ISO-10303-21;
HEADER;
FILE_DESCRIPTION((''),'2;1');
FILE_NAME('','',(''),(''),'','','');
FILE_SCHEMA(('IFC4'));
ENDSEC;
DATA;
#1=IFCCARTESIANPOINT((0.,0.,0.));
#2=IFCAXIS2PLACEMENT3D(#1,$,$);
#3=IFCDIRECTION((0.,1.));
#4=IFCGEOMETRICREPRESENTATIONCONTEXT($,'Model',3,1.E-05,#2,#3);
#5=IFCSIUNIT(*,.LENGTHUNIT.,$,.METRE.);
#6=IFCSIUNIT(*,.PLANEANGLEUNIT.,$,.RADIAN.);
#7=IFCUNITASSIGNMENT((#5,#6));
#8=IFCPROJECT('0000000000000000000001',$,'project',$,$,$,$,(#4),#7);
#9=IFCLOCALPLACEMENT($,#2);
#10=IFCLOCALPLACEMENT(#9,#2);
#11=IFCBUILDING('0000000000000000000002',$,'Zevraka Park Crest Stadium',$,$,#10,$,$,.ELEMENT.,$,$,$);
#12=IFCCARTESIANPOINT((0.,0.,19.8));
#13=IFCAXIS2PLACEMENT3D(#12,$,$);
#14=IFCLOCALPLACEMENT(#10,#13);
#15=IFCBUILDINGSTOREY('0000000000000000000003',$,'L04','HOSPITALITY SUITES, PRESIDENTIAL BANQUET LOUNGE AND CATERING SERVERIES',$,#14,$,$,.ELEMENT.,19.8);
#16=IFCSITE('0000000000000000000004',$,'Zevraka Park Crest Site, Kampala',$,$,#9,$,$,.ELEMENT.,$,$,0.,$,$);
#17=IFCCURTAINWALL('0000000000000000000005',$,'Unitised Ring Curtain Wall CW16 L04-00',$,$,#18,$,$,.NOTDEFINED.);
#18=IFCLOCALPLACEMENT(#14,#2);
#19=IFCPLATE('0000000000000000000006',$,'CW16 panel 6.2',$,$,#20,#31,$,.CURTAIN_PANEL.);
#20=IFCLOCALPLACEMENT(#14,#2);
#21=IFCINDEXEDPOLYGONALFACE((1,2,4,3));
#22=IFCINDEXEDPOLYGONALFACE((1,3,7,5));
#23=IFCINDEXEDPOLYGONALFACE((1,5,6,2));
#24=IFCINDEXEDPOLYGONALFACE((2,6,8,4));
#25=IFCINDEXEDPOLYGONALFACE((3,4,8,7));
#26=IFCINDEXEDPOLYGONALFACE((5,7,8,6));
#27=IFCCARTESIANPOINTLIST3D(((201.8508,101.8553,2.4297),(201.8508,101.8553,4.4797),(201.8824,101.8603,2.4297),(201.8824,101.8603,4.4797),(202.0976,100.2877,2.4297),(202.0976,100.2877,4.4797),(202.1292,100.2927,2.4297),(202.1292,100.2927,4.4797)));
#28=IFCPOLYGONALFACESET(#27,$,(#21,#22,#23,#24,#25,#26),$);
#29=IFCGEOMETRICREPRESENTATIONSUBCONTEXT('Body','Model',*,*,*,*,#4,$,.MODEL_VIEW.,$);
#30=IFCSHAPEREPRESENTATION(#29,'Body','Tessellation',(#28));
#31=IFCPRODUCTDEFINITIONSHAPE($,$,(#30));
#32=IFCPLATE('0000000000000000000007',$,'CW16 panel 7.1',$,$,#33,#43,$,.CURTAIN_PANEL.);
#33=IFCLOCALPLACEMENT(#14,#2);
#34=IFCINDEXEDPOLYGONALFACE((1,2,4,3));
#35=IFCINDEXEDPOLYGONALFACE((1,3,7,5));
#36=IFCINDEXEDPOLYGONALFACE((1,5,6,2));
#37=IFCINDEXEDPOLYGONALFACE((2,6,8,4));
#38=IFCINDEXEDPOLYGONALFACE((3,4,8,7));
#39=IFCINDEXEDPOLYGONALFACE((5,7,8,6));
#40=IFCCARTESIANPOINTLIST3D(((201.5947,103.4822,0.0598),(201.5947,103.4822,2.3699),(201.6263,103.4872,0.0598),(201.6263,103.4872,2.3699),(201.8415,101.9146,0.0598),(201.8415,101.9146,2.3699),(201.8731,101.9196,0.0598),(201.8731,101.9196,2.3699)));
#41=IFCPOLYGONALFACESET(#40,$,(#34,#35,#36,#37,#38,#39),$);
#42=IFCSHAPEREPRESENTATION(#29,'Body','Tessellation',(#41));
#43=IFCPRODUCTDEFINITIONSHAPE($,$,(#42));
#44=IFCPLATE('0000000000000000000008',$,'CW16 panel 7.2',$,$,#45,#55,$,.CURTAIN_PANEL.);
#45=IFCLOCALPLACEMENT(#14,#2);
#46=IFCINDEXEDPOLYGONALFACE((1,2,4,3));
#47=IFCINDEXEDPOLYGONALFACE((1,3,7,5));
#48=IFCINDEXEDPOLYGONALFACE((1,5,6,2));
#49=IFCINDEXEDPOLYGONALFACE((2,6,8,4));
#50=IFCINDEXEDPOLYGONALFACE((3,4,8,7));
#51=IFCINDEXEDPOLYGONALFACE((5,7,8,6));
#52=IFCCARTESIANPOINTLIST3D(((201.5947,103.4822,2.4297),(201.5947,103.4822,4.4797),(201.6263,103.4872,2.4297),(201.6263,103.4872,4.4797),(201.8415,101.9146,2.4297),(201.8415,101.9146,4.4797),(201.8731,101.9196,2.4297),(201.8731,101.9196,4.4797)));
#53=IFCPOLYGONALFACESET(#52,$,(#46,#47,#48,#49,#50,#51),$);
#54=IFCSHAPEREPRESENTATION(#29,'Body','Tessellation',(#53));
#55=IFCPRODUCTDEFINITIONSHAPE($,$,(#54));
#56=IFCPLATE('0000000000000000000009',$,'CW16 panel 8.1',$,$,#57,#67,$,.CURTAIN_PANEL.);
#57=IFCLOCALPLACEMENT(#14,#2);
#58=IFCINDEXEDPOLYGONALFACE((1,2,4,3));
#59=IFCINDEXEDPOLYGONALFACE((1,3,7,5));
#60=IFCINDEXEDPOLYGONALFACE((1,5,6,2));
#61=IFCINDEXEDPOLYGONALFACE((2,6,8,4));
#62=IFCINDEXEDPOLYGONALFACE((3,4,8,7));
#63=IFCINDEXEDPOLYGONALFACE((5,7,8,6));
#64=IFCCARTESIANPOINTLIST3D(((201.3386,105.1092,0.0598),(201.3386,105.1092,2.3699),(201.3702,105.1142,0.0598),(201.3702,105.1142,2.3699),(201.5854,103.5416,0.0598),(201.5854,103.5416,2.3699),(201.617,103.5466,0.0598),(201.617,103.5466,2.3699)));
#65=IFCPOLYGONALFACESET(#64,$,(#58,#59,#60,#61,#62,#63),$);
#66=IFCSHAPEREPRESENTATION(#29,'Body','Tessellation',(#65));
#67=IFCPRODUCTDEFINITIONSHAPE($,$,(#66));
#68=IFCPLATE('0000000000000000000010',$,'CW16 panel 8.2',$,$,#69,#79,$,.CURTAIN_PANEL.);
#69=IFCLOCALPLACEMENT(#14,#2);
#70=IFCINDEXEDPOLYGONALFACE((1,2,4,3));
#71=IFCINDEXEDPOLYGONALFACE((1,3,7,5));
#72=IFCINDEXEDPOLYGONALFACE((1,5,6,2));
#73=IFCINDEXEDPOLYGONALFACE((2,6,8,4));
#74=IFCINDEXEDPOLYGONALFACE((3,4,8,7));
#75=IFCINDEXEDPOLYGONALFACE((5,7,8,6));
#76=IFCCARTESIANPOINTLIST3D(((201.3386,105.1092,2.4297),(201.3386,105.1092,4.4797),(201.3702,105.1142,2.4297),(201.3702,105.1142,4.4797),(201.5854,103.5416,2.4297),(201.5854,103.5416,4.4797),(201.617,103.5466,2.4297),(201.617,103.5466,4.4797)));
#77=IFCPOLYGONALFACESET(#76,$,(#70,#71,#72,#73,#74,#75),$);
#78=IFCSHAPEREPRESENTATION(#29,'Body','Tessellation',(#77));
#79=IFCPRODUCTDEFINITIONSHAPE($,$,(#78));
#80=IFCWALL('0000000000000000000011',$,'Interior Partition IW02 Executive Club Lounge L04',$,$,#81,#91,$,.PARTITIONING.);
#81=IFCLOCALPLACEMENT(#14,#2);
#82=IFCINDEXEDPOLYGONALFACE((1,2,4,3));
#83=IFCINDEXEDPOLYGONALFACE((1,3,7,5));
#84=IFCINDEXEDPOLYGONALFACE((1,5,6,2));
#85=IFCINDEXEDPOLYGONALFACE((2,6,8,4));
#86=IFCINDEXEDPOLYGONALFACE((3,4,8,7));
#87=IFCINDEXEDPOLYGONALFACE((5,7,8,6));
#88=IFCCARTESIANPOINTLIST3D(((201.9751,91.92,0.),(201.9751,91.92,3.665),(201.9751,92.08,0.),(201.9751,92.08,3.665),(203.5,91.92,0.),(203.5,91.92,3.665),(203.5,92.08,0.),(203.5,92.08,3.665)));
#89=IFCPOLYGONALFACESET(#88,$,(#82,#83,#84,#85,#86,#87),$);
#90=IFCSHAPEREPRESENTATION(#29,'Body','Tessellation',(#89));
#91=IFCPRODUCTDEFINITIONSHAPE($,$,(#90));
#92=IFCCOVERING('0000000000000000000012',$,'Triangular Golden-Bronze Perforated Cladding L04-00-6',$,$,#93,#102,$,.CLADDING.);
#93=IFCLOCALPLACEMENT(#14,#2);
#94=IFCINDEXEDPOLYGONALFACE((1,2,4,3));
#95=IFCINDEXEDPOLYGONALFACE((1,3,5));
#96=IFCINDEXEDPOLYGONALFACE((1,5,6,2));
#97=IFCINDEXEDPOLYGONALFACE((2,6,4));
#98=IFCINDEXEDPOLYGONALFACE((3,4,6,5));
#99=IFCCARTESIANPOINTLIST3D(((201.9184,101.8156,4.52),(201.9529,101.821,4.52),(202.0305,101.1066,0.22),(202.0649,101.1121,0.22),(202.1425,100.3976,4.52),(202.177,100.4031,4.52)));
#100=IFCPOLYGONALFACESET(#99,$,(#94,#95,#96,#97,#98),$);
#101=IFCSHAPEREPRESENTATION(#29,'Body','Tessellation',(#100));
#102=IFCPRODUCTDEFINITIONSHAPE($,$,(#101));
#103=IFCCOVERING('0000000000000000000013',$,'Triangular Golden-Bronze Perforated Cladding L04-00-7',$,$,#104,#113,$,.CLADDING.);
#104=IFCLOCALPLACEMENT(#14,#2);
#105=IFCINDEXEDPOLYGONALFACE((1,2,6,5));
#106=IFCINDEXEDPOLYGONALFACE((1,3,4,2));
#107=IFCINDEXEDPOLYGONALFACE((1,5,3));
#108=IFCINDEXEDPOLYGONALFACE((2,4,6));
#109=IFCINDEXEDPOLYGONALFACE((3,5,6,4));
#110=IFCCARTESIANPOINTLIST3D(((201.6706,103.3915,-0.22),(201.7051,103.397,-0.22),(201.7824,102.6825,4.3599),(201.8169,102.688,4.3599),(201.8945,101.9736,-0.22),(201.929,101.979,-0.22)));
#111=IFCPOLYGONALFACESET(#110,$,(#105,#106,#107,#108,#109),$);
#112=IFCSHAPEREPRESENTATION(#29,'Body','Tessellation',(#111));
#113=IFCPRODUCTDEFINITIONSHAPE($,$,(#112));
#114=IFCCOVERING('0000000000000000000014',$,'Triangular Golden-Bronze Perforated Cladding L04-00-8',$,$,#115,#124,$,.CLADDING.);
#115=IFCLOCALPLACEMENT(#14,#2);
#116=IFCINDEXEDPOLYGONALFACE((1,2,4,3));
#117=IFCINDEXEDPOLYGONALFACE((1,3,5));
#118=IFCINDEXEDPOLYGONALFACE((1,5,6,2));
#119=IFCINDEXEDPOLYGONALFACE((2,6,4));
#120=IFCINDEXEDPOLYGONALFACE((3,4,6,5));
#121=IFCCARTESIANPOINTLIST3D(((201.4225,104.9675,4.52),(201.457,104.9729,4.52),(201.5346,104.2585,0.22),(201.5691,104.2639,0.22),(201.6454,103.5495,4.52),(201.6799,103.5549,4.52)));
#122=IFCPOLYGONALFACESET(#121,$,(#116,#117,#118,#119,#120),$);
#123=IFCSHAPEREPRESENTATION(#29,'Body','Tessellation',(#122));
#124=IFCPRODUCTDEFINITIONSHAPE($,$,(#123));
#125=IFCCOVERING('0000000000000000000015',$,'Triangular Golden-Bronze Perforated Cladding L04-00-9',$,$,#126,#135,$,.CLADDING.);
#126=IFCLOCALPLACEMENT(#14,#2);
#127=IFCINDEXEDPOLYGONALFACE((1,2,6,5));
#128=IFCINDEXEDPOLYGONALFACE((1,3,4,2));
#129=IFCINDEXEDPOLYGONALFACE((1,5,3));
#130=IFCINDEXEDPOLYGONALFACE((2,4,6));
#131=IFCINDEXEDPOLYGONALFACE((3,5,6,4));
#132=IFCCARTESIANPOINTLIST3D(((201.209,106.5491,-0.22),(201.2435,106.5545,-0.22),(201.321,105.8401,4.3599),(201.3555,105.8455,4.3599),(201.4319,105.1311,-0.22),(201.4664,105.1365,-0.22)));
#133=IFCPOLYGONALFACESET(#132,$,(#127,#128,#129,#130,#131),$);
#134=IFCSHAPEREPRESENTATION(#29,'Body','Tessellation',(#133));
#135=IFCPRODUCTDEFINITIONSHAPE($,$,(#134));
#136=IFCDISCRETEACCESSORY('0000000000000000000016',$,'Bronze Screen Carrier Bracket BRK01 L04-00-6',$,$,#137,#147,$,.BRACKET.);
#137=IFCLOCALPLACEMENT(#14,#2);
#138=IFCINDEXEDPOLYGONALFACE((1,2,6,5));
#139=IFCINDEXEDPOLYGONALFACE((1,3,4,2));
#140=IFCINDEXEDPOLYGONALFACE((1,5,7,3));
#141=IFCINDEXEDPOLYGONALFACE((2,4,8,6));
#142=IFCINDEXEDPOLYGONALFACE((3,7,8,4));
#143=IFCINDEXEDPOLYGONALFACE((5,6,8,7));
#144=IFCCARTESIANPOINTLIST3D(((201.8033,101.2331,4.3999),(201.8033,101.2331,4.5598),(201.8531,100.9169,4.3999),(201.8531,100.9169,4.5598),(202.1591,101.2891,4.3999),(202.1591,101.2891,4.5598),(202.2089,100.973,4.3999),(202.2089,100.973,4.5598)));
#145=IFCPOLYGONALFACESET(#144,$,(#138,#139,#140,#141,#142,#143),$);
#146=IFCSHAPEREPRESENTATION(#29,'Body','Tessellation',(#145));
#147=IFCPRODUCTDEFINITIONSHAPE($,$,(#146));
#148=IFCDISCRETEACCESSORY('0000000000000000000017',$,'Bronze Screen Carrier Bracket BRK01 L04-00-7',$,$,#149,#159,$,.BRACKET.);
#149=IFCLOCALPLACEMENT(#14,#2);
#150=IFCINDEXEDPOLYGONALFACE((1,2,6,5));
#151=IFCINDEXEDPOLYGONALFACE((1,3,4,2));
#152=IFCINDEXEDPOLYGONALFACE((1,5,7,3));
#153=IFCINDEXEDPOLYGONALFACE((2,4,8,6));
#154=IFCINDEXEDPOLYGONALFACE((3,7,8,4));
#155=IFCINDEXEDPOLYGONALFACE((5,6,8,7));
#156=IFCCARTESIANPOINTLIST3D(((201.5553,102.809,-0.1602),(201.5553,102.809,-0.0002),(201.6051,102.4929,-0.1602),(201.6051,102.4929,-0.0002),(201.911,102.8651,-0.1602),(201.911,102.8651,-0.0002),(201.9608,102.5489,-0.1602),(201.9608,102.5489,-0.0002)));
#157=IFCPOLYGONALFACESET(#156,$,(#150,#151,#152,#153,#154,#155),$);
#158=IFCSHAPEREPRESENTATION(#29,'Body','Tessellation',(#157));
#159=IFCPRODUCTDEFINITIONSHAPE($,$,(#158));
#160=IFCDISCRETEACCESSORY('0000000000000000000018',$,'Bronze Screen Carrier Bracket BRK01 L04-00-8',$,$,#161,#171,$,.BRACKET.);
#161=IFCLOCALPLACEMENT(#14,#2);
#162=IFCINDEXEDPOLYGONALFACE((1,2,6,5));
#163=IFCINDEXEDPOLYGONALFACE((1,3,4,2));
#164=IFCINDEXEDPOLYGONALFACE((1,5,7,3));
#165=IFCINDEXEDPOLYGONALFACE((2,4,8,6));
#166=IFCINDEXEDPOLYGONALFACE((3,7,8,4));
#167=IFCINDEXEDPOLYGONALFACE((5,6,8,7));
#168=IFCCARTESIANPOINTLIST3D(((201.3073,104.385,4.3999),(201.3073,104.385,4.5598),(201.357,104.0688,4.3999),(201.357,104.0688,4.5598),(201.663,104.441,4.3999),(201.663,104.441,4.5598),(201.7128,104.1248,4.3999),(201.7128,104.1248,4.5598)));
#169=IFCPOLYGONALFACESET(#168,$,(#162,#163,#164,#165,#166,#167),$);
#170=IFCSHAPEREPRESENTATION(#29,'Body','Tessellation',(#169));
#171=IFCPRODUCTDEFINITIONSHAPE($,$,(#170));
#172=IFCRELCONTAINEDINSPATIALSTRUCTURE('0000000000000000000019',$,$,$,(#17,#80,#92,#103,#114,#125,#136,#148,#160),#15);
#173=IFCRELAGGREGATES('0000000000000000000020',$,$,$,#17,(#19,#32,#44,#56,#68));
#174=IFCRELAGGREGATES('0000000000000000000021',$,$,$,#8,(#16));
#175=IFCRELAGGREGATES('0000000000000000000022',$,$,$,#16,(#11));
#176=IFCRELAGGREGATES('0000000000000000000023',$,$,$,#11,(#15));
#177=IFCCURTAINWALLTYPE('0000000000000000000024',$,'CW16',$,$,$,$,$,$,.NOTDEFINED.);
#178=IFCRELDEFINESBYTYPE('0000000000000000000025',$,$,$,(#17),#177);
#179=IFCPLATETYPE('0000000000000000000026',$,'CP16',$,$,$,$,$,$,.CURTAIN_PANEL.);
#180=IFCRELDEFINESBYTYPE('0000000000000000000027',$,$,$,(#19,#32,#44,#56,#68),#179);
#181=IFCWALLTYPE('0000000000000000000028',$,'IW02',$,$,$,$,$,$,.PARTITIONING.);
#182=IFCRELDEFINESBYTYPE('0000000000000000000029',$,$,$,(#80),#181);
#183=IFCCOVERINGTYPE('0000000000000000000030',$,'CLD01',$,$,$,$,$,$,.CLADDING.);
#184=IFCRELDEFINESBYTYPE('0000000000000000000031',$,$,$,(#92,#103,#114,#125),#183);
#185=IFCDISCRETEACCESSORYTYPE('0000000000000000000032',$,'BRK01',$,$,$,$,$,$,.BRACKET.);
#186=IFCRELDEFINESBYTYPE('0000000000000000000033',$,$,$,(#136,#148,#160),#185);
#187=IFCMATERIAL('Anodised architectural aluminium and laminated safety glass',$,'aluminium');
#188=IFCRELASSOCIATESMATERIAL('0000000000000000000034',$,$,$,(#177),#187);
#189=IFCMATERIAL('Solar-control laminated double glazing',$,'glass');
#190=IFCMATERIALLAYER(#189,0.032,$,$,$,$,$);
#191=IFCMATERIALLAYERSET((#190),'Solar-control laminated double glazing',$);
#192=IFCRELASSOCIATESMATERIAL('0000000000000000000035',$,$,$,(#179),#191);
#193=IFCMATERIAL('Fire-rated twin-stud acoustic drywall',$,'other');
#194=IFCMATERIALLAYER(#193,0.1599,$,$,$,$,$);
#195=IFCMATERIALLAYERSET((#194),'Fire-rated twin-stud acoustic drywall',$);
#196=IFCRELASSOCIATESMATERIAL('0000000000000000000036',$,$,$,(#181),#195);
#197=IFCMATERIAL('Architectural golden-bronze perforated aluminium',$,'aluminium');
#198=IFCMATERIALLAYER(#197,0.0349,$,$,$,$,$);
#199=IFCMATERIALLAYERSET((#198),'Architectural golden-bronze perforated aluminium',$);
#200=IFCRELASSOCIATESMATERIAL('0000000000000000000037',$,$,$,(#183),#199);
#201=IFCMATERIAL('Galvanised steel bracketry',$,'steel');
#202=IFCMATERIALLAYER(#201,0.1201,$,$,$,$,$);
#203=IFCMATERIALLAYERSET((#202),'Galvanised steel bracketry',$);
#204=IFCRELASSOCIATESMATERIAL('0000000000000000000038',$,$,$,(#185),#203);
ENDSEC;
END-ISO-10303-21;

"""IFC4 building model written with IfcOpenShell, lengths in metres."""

from ifc_helpers import new_model, si_unit, direction, frame, frame_2d, origin, origin_2d, place, context, subcontext, project, spatial, polyline, rectangle, outline, extrude, material, layer, layer_set, type_object, element, aggregate, save


model = new_model("IFC4")

# Units and contexts
model_context = context("Model", 3, precision=1e-05, world=origin(), true_north=direction((0.0, 1.0)))
body_context = subcontext(model_context, "Body", "Model", "MODEL_VIEW")
ifc_project = project(units=[si_unit("LENGTHUNIT", "METRE"), si_unit("PLANEANGLEUNIT", "RADIAN")], contexts=[model_context])

# Site, building, storey
site_placement = place(None, origin())
site = spatial("IfcSite", under=ifc_project, at=site_placement, Name="Zevraka Park Crest Site, Kampala", CompositionType="ELEMENT", RefElevation=0.0)
building_placement = place(site_placement, origin())
building = spatial("IfcBuilding", under=site, at=building_placement, Name="Zevraka Park Crest Stadium", CompositionType="ELEMENT")
storey_placement = place(building_placement, frame((0.0, 0.0, 19.8)))
storey = spatial("IfcBuildingStorey", under=building, at=storey_placement, Name="L04", Description="HOSPITALITY SUITES, PRESIDENTIAL BANQUET LOUNGE AND CATERING SERVERIES", CompositionType="ELEMENT", Elevation=19.8)

# Curtain wall
ifc_material_1 = material(Name="Anodised architectural aluminium and laminated safety glass", Category="aluminium")
curtain_wall_type = type_object("IfcCurtainWallType", Name="CW16", PredefinedType="NOTDEFINED", material=ifc_material_1)
curtain_wall_placement = place(storey_placement, origin())
curtain_wall = element("IfcCurtainWall", 1, at=curtain_wall_placement, inside=storey, type_object=curtain_wall_type, Name="Unitised Ring Curtain Wall CW16 L04-00", PredefinedType="NOTDEFINED")

# Plates
ifc_material_2 = material(Name="Solar-control laminated double glazing", Category="glass")
ifc_layer_1 = layer(ifc_material_2, 0.032)
ifc_layer_set_1 = layer_set([ifc_layer_1], Name="Solar-control laminated double glazing")
plate_type = type_object("IfcPlateType", Name="CP16", PredefinedType="CURTAIN_PANEL", material=ifc_layer_set_1)
plate_1_placement = place(storey_placement, frame((201.99, 101.074, 2.4297), z_axis=(0.0, 0.0, 1.0), x_axis=(-0.155539, 0.98783, 0.0)))
plate_1 = element("IfcPlate", 2, at=plate_1_placement, type_object=plate_type, Name="CW16 panel 6.2", PredefinedType="CURTAIN_PANEL", context=body_context, shape_type="SweptSolid", body=[
    extrude(rectangle(XDim=1.5869, YDim=0.032, at=origin_2d()), origin(), (0.0, 0.0, 1.0), 2.05),
])
plate_2_placement = place(storey_placement, frame((201.7339, 102.7009, 0.0598), z_axis=(0.0, 0.0, 1.0), x_axis=(-0.155539, 0.98783, 0.0)))
plate_2 = element("IfcPlate", 3, at=plate_2_placement, type_object=plate_type, Name="CW16 panel 7.1", PredefinedType="CURTAIN_PANEL", context=body_context, shape_type="SweptSolid", body=[
    extrude(rectangle(XDim=1.5869, YDim=0.032, at=origin_2d()), origin(), (0.0, 0.0, 1.0), 2.3101),
])
plate_3_placement = place(storey_placement, frame((201.7339, 102.7009, 2.4297), z_axis=(0.0, 0.0, 1.0), x_axis=(-0.155539, 0.98783, 0.0)))
plate_3 = element("IfcPlate", 4, at=plate_3_placement, type_object=plate_type, Name="CW16 panel 7.2", PredefinedType="CURTAIN_PANEL", context=body_context, shape_type="SweptSolid", body=[
    extrude(rectangle(XDim=1.5869, YDim=0.032, at=origin_2d()), origin(), (0.0, 0.0, 1.0), 2.05),
])
plate_4_placement = place(storey_placement, frame((201.4778, 104.3279, 0.0598), z_axis=(0.0, 0.0, 1.0), x_axis=(-0.155539, 0.98783, 0.0)))
plate_4 = element("IfcPlate", 5, at=plate_4_placement, type_object=plate_type, Name="CW16 panel 8.1", PredefinedType="CURTAIN_PANEL", context=body_context, shape_type="SweptSolid", body=[
    extrude(rectangle(XDim=1.5869, YDim=0.032, at=origin_2d()), origin(), (0.0, 0.0, 1.0), 2.3101),
])
plate_5_placement = place(storey_placement, frame((201.4778, 104.3279, 2.4297), z_axis=(0.0, 0.0, 1.0), x_axis=(-0.155539, 0.98783, 0.0)))
plate_5 = element("IfcPlate", 6, at=plate_5_placement, type_object=plate_type, Name="CW16 panel 8.2", PredefinedType="CURTAIN_PANEL", context=body_context, shape_type="SweptSolid", body=[
    extrude(rectangle(XDim=1.5869, YDim=0.032, at=origin_2d()), origin(), (0.0, 0.0, 1.0), 2.05),
])
aggregate(curtain_wall, [plate_1, plate_2, plate_3, plate_4, plate_5])

# Wall
ifc_material_3 = material(Name="Fire-rated twin-stud acoustic drywall", Category="other")
ifc_layer_2 = layer(ifc_material_3, 0.1599)
ifc_layer_set_2 = layer_set([ifc_layer_2], Name="Fire-rated twin-stud acoustic drywall")
wall_type = type_object("IfcWallType", Name="IW02", PredefinedType="PARTITIONING", material=ifc_layer_set_2)
wall_placement = place(storey_placement, frame((201.9751, 92.0, 0.0), z_axis=(0.0, 0.0, 1.0), x_axis=(1.0, 0.0, 0.0)))
element("IfcWall", 7, at=wall_placement, inside=storey, type_object=wall_type, Name="Interior Partition IW02 Executive Club Lounge L04", PredefinedType="PARTITIONING", context=body_context, shape_type="SweptSolid", body=[
    extrude(rectangle(XDim=1.5249, YDim=0.1599, at=frame_2d((0.7625, 0.0))), origin(), (0.0, 0.0, 1.0), 3.665),
])

# Coverings
ifc_material_4 = material(Name="Architectural golden-bronze perforated aluminium", Category="aluminium")
ifc_layer_3 = layer(ifc_material_4, 0.0349)
ifc_layer_set_3 = layer_set([ifc_layer_3], Name="Architectural golden-bronze perforated aluminium")
covering_type = type_object("IfcCoveringType", Name="CLD01", PredefinedType="CLADDING", material=ifc_layer_set_3)
covering_1_placement = place(storey_placement, frame((201.9529, 101.821, 4.52), z_axis=(0.987738, 0.15612, 0.0), x_axis=(0.15612, -0.987738, 0.0)))
element("IfcCovering", 8, at=covering_1_placement, inside=storey, type_object=covering_type, Name="Triangular Golden-Bronze Perforated Cladding L04-00-6", PredefinedType="CLADDING", context=body_context, shape_type="SweptSolid", body=[
    extrude(outline(polyline([(0.0, 0.0), (1.4356, 0.0), (0.7178, 4.3), (0.0, 0.0)])), origin(), (0.0, 0.0, -1.0), 0.0349),
])
covering_2_placement = place(storey_placement, frame((201.929, 101.979, -0.22), z_axis=(0.987764, 0.155954, 0.000026), x_axis=(-0.155954, 0.987764, 0.0)))
element("IfcCovering", 9, at=covering_2_placement, inside=storey, type_object=covering_type, Name="Triangular Golden-Bronze Perforated Cladding L04-00-7", PredefinedType="CLADDING", context=body_context, shape_type="SweptSolid", body=[
    extrude(outline(polyline([(0.0, 0.0), (1.4355, 0.0), (0.7178, 4.5798), (0.0, 0.0)])), origin(), (0.0, 0.0, -1.0), 0.0349),
])
covering_3_placement = place(storey_placement, frame((201.457, 104.9729, 4.52), z_axis=(0.987869, 0.15529, 0.00014), x_axis=(0.15529, -0.987869, 0.0)))
element("IfcCovering", 10, at=covering_3_placement, inside=storey, type_object=covering_type, Name="Triangular Golden-Bronze Perforated Cladding L04-00-8", PredefinedType="CLADDING", context=body_context, shape_type="SweptSolid", body=[
    extrude(outline(polyline([(0.0, 0.0), (1.4354, 0.0), (0.7178, 4.3), (0.0, 0.0)])), origin(), (0.0, 0.0, -1.0), 0.0349),
])
covering_4_placement = place(storey_placement, frame((201.4319, 105.1311, -0.22), z_axis=(-0.987869, -0.15529, 0.000132), x_axis=(-0.15529, 0.987869, 0.0)))
element("IfcCovering", 11, at=covering_4_placement, inside=storey, type_object=covering_type, Name="Triangular Golden-Bronze Perforated Cladding L04-00-9", PredefinedType="CLADDING", context=body_context, shape_type="SweptSolid", body=[
    extrude(outline(polyline([(0.0, 0.0), (1.4354, 0.0), (0.7176, -4.5798), (0.0, 0.0)])), origin(), (0.0, 0.0, -1.0), 0.0349),
])

# Discrete accessories
ifc_material_5 = material(Name="Galvanised steel bracketry", Category="steel")
ifc_layer_4 = layer(ifc_material_5, 0.1201)
ifc_layer_set_4 = layer_set([ifc_layer_4], Name="Galvanised steel bracketry")
discrete_accessory_type = type_object("IfcDiscreteAccessoryType", Name="BRK01", PredefinedType="BRACKET", material=ifc_layer_set_4)
for number, where, z_axis, x_axis, name in (
    (12, (202.0061, 101.103, 4.3999), (0.0, 0.0, 1.0), (-0.155572, 0.987824, 0.0), "Bronze Screen Carrier Bracket BRK01 L04-00-6"),
    (13, (201.7581, 102.679, -0.1602), (0.0, 0.0, 1.0), (-0.155572, 0.987824, 0.0), "Bronze Screen Carrier Bracket BRK01 L04-00-7"),
    (14, (201.51, 104.2549, 4.3999), (0.0, 0.0, 1.0), (-0.155572, 0.987824, 0.0), "Bronze Screen Carrier Bracket BRK01 L04-00-8"),
):
    element("IfcDiscreteAccessory", number, at=place(storey_placement, frame(where, z_axis=z_axis, x_axis=x_axis)), inside=storey, type_object=discrete_accessory_type, Name=name, PredefinedType="BRACKET", context=body_context, shape_type="SweptSolid", body=[
        extrude(rectangle(XDim=0.3201, YDim=0.3601, at=origin_2d()), origin(), (0.0, 0.0, 1.0), 0.1599),
    ])

save(model, "model.ifc")
